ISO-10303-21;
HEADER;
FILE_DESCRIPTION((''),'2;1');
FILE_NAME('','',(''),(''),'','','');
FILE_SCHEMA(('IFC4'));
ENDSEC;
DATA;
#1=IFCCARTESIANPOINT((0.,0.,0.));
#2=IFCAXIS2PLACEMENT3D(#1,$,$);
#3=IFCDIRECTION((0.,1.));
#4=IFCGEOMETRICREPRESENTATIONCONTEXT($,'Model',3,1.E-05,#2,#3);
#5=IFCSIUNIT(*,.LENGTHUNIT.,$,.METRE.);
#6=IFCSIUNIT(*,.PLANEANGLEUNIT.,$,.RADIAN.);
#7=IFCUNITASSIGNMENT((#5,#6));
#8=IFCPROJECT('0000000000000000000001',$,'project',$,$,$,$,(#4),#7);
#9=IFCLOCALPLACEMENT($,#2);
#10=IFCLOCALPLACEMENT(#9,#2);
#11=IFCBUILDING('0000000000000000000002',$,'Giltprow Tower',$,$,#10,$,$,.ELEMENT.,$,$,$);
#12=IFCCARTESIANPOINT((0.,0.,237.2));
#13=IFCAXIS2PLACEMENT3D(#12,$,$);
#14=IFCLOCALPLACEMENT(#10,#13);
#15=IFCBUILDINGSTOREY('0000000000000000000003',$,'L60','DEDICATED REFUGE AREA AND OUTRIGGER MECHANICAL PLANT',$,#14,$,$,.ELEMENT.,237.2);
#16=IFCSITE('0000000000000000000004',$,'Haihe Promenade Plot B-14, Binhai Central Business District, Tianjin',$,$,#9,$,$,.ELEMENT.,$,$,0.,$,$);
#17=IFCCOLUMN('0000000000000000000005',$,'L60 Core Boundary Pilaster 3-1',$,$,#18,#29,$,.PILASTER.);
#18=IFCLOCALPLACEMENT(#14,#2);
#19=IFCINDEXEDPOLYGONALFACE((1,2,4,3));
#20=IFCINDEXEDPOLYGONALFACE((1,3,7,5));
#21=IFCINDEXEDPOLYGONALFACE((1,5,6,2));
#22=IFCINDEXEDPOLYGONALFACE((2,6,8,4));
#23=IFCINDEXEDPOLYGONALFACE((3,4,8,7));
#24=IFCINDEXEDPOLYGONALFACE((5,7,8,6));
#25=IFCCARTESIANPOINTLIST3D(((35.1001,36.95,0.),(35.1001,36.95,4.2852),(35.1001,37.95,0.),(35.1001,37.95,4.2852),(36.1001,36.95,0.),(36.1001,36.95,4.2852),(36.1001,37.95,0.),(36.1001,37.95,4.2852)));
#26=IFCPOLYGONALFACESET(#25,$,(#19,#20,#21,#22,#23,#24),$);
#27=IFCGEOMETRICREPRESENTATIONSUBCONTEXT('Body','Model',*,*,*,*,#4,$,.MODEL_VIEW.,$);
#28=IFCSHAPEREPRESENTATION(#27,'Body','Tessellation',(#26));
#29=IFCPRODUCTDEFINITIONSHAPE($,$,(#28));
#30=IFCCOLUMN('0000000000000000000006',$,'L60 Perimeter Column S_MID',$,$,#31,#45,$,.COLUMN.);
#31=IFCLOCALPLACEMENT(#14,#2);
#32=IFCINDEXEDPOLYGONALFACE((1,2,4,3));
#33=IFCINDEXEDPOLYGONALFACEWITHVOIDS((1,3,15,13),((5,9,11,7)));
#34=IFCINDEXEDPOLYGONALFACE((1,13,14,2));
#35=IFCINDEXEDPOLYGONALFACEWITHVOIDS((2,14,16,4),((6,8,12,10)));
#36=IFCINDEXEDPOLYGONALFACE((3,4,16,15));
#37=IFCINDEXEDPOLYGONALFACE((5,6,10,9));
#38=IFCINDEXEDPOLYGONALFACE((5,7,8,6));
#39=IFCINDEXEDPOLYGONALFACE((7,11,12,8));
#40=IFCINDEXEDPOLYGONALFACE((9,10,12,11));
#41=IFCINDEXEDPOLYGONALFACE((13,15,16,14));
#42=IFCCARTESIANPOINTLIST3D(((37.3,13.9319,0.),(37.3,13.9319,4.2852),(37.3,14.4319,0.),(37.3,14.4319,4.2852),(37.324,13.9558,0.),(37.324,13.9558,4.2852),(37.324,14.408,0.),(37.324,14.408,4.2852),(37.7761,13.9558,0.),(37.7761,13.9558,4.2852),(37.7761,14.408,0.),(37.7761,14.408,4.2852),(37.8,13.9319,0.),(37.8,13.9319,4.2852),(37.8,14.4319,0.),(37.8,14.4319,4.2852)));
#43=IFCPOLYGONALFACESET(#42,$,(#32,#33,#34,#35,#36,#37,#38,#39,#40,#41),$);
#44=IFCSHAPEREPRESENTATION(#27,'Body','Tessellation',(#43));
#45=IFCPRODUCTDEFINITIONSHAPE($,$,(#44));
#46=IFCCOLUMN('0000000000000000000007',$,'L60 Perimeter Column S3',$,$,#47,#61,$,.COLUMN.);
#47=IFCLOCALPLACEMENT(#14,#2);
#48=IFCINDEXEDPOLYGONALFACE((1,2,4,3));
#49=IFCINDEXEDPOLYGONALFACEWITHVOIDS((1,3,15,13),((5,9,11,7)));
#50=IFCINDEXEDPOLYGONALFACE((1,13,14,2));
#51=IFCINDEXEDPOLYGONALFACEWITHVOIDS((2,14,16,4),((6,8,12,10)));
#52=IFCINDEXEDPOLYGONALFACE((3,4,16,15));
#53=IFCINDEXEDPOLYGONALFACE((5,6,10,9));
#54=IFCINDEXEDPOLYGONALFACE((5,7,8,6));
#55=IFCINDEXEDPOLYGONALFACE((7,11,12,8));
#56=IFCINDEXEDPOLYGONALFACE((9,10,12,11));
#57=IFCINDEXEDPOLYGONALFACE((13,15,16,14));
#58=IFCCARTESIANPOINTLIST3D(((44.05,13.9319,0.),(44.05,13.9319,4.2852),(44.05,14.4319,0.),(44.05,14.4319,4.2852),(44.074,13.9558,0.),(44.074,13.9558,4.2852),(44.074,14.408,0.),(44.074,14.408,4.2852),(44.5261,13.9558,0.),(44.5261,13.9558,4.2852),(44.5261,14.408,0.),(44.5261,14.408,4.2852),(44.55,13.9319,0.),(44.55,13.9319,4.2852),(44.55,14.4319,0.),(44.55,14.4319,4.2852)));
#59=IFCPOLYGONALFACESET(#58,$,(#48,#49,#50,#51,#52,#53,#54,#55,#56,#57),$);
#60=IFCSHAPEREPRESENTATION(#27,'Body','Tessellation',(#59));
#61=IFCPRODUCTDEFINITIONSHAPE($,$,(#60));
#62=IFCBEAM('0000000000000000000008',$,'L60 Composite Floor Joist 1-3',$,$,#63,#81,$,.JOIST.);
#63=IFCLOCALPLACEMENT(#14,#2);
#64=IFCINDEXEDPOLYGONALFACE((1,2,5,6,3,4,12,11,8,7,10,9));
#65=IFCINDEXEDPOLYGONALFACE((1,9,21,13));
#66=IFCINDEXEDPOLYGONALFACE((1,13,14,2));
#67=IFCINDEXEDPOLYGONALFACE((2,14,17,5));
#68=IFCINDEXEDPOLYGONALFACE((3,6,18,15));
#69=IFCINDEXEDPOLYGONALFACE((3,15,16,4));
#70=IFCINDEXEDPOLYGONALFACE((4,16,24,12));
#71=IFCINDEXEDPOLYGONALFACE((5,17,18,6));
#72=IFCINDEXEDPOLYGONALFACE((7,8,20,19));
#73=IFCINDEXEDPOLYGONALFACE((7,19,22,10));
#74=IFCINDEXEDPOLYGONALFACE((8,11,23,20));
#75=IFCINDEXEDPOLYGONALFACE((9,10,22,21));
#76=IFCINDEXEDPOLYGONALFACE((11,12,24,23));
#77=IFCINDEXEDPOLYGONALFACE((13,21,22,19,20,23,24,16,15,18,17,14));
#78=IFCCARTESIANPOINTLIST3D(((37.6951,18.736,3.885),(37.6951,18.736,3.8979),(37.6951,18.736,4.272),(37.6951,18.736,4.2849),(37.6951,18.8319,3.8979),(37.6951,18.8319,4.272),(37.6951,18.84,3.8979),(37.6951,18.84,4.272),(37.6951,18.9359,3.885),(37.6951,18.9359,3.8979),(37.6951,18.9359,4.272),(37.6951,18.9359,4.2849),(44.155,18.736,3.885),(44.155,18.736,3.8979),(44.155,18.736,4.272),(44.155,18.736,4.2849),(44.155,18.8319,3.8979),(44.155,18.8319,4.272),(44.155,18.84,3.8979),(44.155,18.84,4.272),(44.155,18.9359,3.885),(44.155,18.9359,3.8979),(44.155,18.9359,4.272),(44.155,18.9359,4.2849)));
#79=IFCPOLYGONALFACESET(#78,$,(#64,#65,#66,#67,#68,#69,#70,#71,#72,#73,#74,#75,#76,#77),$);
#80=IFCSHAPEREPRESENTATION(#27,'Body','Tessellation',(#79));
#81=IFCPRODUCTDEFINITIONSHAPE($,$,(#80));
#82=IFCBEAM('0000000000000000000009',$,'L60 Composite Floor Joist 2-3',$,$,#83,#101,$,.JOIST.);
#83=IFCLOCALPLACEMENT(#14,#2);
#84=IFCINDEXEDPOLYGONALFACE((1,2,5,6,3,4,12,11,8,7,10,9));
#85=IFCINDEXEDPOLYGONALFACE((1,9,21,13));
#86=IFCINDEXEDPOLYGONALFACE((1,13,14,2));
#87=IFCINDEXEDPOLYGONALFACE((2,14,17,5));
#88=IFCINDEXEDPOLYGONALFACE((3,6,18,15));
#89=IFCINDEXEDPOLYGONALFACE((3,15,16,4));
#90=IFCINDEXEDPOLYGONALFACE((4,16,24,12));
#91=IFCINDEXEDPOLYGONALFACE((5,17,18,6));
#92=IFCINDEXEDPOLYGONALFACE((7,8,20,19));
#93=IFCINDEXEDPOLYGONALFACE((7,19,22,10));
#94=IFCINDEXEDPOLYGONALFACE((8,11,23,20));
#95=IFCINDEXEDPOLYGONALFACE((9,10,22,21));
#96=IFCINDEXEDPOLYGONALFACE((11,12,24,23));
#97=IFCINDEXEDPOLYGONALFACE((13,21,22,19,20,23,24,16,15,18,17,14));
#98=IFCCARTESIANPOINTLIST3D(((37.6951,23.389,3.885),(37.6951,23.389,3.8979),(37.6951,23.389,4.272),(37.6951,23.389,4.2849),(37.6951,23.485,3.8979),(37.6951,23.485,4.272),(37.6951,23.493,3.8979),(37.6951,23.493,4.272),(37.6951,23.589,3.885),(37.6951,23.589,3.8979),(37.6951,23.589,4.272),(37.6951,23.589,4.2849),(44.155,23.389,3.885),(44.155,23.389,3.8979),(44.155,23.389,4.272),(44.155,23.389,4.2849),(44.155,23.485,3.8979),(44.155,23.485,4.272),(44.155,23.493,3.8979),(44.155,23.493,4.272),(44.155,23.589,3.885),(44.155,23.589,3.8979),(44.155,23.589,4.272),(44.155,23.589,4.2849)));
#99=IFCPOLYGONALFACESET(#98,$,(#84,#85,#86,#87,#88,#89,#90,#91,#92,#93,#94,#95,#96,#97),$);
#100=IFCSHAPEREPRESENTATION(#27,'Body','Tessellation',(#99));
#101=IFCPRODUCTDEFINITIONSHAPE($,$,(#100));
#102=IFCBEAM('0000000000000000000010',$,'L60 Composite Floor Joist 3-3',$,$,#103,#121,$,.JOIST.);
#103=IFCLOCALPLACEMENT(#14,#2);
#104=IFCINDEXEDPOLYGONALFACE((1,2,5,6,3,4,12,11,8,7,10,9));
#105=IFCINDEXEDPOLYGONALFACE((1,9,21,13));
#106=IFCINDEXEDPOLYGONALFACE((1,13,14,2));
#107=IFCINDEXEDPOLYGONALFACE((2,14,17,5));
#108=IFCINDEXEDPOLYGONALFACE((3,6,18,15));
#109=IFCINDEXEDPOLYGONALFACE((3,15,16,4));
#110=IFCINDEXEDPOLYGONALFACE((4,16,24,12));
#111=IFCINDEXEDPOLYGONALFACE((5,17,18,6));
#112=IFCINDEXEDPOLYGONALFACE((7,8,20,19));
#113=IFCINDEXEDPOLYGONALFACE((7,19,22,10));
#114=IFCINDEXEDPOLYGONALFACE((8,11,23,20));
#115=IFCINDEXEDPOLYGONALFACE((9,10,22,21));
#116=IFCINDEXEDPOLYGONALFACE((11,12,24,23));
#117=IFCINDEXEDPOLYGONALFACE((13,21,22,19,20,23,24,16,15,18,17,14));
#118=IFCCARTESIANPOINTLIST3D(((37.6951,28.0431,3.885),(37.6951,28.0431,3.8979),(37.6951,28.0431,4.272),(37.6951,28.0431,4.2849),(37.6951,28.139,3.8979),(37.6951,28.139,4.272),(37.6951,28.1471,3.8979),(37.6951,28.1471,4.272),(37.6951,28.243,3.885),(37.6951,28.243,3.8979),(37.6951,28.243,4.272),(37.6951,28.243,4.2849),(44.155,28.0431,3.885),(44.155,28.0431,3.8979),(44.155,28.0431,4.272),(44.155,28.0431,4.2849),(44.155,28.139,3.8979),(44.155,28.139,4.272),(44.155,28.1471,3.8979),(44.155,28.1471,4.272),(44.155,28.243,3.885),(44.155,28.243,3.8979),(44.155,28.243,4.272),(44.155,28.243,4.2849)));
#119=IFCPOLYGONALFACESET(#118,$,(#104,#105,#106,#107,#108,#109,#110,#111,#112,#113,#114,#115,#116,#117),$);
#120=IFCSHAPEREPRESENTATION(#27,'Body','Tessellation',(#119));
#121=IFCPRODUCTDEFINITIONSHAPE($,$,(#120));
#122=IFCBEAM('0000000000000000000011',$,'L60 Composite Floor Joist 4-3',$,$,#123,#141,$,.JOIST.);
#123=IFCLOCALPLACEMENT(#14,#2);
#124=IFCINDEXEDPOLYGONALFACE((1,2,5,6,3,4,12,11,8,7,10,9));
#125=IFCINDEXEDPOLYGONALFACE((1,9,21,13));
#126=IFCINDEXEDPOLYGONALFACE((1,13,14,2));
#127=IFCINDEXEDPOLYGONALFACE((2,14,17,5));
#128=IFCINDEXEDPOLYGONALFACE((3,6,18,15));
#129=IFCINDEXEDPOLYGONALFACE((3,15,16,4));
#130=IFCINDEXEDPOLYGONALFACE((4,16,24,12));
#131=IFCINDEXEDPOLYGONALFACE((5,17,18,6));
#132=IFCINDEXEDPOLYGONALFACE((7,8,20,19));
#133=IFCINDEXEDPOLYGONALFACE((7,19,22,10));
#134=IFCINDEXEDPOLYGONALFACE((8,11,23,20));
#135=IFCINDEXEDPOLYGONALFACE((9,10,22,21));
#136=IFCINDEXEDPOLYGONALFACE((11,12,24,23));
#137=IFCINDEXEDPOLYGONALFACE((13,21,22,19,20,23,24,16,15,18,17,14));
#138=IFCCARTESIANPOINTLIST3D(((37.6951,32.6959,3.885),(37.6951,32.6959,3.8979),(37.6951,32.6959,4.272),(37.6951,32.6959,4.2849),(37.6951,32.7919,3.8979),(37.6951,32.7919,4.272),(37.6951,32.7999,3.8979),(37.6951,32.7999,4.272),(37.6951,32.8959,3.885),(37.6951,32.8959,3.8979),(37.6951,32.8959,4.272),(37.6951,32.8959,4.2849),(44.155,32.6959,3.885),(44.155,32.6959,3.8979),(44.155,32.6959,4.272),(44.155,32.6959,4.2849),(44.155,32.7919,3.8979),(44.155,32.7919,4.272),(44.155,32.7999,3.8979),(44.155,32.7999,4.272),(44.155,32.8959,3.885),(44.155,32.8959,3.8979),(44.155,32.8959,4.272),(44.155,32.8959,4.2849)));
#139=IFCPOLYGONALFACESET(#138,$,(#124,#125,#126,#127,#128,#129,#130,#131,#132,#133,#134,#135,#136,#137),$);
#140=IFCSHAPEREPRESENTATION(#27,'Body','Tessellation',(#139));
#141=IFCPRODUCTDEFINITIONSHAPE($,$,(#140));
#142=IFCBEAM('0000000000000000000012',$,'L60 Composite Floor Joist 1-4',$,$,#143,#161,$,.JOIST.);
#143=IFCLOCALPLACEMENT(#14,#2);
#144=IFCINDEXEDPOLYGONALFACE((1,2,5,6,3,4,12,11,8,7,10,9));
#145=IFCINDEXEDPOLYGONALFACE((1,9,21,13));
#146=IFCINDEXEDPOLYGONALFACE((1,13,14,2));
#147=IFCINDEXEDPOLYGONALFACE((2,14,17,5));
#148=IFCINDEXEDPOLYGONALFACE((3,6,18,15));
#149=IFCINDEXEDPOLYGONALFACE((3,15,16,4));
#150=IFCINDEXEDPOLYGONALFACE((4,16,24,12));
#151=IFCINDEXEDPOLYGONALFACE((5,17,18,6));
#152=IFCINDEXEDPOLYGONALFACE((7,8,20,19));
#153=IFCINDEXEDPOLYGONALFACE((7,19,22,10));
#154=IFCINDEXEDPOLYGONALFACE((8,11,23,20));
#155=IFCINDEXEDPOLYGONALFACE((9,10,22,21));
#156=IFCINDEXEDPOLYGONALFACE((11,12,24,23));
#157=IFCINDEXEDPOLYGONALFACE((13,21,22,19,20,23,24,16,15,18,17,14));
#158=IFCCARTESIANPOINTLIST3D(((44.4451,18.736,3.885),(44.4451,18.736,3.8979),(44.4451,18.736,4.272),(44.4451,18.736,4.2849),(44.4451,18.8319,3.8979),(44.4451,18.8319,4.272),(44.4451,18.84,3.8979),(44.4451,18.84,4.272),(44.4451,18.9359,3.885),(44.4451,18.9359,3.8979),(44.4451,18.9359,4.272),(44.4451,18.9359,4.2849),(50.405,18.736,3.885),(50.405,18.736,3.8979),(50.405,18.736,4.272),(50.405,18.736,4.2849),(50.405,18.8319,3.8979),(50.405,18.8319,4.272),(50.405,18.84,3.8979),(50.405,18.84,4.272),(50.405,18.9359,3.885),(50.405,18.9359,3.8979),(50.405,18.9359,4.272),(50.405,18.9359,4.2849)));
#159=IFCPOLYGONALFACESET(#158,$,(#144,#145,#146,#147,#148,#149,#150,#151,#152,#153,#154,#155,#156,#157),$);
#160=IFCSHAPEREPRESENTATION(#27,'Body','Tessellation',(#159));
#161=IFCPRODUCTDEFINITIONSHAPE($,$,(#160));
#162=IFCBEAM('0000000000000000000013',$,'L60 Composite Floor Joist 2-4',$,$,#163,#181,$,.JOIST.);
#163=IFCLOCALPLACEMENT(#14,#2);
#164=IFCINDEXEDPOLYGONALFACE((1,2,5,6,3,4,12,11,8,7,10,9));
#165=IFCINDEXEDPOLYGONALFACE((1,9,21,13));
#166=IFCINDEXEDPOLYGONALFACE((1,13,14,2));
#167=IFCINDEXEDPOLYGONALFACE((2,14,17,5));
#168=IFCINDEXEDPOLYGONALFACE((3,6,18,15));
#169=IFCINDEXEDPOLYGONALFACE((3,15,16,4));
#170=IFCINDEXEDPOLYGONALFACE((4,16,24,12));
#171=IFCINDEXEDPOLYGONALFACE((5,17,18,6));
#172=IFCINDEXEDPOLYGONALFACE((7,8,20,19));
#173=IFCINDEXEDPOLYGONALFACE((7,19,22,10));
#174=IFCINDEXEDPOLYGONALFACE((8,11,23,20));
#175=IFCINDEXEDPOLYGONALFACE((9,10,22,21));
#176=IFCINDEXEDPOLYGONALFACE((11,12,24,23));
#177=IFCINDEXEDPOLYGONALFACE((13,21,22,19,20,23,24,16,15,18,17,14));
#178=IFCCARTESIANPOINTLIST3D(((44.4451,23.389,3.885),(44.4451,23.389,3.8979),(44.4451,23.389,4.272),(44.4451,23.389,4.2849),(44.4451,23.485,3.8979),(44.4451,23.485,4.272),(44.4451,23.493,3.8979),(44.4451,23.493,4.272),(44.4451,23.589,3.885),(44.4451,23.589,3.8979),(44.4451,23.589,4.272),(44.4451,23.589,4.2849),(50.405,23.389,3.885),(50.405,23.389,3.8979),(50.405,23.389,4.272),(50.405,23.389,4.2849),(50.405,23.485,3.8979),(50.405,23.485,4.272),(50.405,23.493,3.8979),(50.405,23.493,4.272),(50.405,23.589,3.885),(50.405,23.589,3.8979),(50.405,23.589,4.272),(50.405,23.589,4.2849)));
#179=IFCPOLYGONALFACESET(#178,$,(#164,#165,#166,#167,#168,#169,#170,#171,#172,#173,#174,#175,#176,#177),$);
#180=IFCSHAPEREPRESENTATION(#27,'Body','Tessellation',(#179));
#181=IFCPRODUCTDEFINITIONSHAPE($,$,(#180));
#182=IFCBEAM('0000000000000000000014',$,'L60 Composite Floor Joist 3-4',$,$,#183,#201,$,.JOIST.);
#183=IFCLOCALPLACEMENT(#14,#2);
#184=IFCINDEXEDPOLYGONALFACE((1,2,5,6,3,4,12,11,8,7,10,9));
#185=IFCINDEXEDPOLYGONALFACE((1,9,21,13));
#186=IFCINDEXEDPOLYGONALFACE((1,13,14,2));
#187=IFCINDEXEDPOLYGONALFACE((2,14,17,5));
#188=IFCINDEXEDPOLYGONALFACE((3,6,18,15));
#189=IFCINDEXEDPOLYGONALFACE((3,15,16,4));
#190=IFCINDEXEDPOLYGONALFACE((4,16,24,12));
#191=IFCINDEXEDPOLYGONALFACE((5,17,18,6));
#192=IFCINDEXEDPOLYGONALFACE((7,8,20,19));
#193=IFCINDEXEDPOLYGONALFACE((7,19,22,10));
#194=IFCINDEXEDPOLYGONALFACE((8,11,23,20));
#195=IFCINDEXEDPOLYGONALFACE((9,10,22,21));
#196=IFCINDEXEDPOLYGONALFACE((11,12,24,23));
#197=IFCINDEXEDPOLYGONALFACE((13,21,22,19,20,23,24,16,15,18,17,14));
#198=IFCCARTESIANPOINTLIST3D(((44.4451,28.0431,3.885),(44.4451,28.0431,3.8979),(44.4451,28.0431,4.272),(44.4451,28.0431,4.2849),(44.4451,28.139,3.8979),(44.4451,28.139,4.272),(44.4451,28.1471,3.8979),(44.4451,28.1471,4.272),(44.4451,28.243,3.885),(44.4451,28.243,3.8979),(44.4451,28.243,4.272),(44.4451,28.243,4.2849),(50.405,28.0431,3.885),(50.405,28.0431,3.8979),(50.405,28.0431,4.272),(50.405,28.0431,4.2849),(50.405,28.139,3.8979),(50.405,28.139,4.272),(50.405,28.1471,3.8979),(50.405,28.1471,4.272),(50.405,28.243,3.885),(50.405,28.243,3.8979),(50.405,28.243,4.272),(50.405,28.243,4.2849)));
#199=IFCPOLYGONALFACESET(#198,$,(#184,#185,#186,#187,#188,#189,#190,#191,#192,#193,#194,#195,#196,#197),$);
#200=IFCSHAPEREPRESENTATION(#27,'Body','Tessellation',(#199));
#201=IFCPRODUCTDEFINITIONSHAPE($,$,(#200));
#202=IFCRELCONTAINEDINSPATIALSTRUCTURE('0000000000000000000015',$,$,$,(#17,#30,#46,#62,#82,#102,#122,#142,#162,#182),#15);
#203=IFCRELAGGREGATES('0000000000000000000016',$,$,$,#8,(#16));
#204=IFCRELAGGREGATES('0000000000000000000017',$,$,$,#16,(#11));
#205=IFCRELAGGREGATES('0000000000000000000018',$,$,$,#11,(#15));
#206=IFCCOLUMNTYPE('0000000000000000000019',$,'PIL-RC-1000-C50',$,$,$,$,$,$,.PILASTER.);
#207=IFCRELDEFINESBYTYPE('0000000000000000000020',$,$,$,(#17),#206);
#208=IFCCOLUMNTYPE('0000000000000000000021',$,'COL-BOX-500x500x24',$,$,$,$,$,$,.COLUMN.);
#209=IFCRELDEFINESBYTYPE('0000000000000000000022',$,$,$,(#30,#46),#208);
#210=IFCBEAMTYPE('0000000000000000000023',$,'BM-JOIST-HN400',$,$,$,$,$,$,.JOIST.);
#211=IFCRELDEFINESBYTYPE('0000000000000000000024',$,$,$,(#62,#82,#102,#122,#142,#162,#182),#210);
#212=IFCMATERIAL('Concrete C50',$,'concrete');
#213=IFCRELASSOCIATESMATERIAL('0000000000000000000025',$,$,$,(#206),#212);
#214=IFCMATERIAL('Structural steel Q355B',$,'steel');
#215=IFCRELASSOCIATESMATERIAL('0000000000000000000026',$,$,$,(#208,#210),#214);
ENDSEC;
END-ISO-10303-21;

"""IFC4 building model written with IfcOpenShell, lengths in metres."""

from ifc_helpers import new_model, si_unit, direction, frame, origin, origin_2d, place, context, subcontext, project, spatial, rectangle, hollow_rectangle, i_section, extrude, source, transform, mapped, material, material_profile, profile_set, type_object, element, save


model = new_model("IFC4")

# Units and contexts
model_context = context("Model", 3, precision=1e-05, world=origin(), true_north=direction((0.0, 1.0)))
body_context = subcontext(model_context, "Body", "Model", "MODEL_VIEW")
ifc_project = project(units=[si_unit("LENGTHUNIT", "METRE"), si_unit("PLANEANGLEUNIT", "RADIAN")], contexts=[model_context])

# Site, building, storey
site_placement = place(None, origin())
site = spatial("IfcSite", under=ifc_project, at=site_placement, Name="Haihe Promenade Plot B-14, Binhai Central Business District, Tianjin", CompositionType="ELEMENT", RefElevation=0.0)
building_placement = place(site_placement, origin())
building = spatial("IfcBuilding", under=site, at=building_placement, Name="Giltprow Tower", CompositionType="ELEMENT")
storey_placement = place(building_placement, frame((0.0, 0.0, 237.2)))
storey = spatial("IfcBuildingStorey", under=building, at=storey_placement, Name="L60", Description="DEDICATED REFUGE AREA AND OUTRIGGER MECHANICAL PLANT", CompositionType="ELEMENT", Elevation=237.2)

# Columns
ifc_material_1 = material(Name="Concrete C50", Category="concrete")
ifc_material_profile_1 = material_profile(ifc_material_1, rectangle(XDim=1.0, YDim=1.0, at=origin_2d()), Name="RC 1000x1000")
ifc_profile_set_1 = profile_set([ifc_material_profile_1], Name="Concrete C50")
column_type_1 = type_object("IfcColumnType", Name="PIL-RC-1000-C50", PredefinedType="PILASTER", material=ifc_profile_set_1)
shared_shape_1 = source(origin(), body_context, "Body", "SweptSolid", [
    extrude(rectangle(XDim=1.0, YDim=1.0, at=origin_2d()), origin(), (0.0, 0.0, 1.0), 4.2852),
])
column_placement = place(storey_placement, frame((35.6001, 37.45, 0.0), z_axis=(0.0, 0.0, 1.0), x_axis=(1.0, 0.0, 0.0)))
element("IfcColumn", 1, at=column_placement, inside=storey, type_object=column_type_1, Name="L60 Core Boundary Pilaster 3-1", PredefinedType="PILASTER", context=body_context, shape_type="MappedRepresentation", body=[
    mapped(shared_shape_1, transform((0.0, 0.0, 0.0), x_axis=(1.0, 0.0, 0.0), y_axis=(0.0, 1.0, 0.0), z_axis=(0.0, 0.0, 1.0), scale=1.0)),
])
ifc_material_2 = material(Name="Structural steel Q355B", Category="steel")
ifc_material_profile_2 = material_profile(ifc_material_2, hollow_rectangle(XDim=0.5, YDim=0.5, WallThickness=0.0239, at=origin_2d()), Name="BOX 500x500x24")
ifc_profile_set_2 = profile_set([ifc_material_profile_2], Name="Structural steel Q355B")
column_type_2 = type_object("IfcColumnType", Name="COL-BOX-500x500x24", PredefinedType="COLUMN", material=ifc_profile_set_2)
shared_shape_2 = source(origin(), body_context, "Body", "SweptSolid", [
    extrude(hollow_rectangle(XDim=0.5, YDim=0.5, WallThickness=0.0239, at=origin_2d()), origin(), (0.0, 0.0, 1.0), 4.2852),
])
for number, where, z_axis, x_axis, name in (
    (2, (37.55, 14.1819, 0.0), (0.0, 0.0, 1.0), (1.0, 0.0, 0.0), "L60 Perimeter Column S_MID"),
    (3, (44.3, 14.1819, 0.0), (0.0, 0.0, 1.0), (1.0, 0.0, 0.0), "L60 Perimeter Column S3"),
):
    element("IfcColumn", number, at=place(storey_placement, frame(where, z_axis=z_axis, x_axis=x_axis)), inside=storey, type_object=column_type_2, Name=name, PredefinedType="COLUMN", context=body_context, shape_type="MappedRepresentation", body=[
        mapped(shared_shape_2, transform((0.0, 0.0, 0.0), x_axis=(1.0, 0.0, 0.0), y_axis=(0.0, 1.0, 0.0), z_axis=(0.0, 0.0, 1.0), scale=1.0)),
    ])

# Beams
ifc_material_profile_3 = material_profile(ifc_material_2, i_section(OverallWidth=0.2, OverallDepth=0.3999, WebThickness=0.0081, FlangeThickness=0.0129, at=origin_2d()), Name="HN 400x200x8x13")
ifc_profile_set_3 = profile_set([ifc_material_profile_3], Name="Structural steel Q355B")
beam_type_1 = type_object("IfcBeamType", Name="BM-JOIST-HN400", PredefinedType="JOIST", material=ifc_profile_set_3)
shared_shape_3 = source(origin(), body_context, "Body", "SweptSolid", [
    extrude(i_section(OverallWidth=0.2, OverallDepth=0.3999, WebThickness=0.0081, FlangeThickness=0.0129, at=origin_2d()), origin(), (0.0, 0.0, 1.0), 6.46),
])
for number, where, z_axis, x_axis, name in (
    (4, (37.6951, 18.8359, 4.085), (1.0, 0.0, 0.0), (0.0, 1.0, 0.0), "L60 Composite Floor Joist 1-3"),
    (5, (37.6951, 23.489, 4.085), (1.0, 0.0, 0.0), (0.0, 1.0, 0.0), "L60 Composite Floor Joist 2-3"),
    (6, (37.6951, 28.1431, 4.085), (1.0, 0.0, 0.0), (0.0, 1.0, 0.0), "L60 Composite Floor Joist 3-3"),
    (7, (37.6951, 32.7959, 4.085), (1.0, 0.0, 0.0), (0.0, 1.0, 0.0), "L60 Composite Floor Joist 4-3"),
):
    element("IfcBeam", number, at=place(storey_placement, frame(where, z_axis=z_axis, x_axis=x_axis)), inside=storey, type_object=beam_type_1, Name=name, PredefinedType="JOIST", context=body_context, shape_type="MappedRepresentation", body=[
        mapped(shared_shape_3, transform((0.0, 0.0, 0.0), x_axis=(1.0, 0.0, 0.0), y_axis=(0.0, 1.0, 0.0), z_axis=(0.0, 0.0, 1.0), scale=1.0)),
    ])
shared_shape_4 = source(origin(), body_context, "Body", "SweptSolid", [
    extrude(i_section(OverallWidth=0.2, OverallDepth=0.3999, WebThickness=0.0081, FlangeThickness=0.0129, at=origin_2d()), origin(), (0.0, 0.0, 1.0), 5.96),
])
for number, where, z_axis, x_axis, name in (
    (8, (44.4451, 18.8359, 4.085), (1.0, 0.0, 0.0), (0.0, 1.0, 0.0), "L60 Composite Floor Joist 1-4"),
    (9, (44.4451, 23.489, 4.085), (1.0, 0.0, 0.0), (0.0, 1.0, 0.0), "L60 Composite Floor Joist 2-4"),
    (10, (44.4451, 28.1431, 4.085), (1.0, 0.0, 0.0), (0.0, 1.0, 0.0), "L60 Composite Floor Joist 3-4"),
):
    element("IfcBeam", number, at=place(storey_placement, frame(where, z_axis=z_axis, x_axis=x_axis)), inside=storey, type_object=beam_type_1, Name=name, PredefinedType="JOIST", context=body_context, shape_type="MappedRepresentation", body=[
        mapped(shared_shape_4, transform((0.0, 0.0, 0.0), x_axis=(1.0, 0.0, 0.0), y_axis=(0.0, 1.0, 0.0), z_axis=(0.0, 0.0, 1.0), scale=1.0)),
    ])

save(model, "model.ifc")
